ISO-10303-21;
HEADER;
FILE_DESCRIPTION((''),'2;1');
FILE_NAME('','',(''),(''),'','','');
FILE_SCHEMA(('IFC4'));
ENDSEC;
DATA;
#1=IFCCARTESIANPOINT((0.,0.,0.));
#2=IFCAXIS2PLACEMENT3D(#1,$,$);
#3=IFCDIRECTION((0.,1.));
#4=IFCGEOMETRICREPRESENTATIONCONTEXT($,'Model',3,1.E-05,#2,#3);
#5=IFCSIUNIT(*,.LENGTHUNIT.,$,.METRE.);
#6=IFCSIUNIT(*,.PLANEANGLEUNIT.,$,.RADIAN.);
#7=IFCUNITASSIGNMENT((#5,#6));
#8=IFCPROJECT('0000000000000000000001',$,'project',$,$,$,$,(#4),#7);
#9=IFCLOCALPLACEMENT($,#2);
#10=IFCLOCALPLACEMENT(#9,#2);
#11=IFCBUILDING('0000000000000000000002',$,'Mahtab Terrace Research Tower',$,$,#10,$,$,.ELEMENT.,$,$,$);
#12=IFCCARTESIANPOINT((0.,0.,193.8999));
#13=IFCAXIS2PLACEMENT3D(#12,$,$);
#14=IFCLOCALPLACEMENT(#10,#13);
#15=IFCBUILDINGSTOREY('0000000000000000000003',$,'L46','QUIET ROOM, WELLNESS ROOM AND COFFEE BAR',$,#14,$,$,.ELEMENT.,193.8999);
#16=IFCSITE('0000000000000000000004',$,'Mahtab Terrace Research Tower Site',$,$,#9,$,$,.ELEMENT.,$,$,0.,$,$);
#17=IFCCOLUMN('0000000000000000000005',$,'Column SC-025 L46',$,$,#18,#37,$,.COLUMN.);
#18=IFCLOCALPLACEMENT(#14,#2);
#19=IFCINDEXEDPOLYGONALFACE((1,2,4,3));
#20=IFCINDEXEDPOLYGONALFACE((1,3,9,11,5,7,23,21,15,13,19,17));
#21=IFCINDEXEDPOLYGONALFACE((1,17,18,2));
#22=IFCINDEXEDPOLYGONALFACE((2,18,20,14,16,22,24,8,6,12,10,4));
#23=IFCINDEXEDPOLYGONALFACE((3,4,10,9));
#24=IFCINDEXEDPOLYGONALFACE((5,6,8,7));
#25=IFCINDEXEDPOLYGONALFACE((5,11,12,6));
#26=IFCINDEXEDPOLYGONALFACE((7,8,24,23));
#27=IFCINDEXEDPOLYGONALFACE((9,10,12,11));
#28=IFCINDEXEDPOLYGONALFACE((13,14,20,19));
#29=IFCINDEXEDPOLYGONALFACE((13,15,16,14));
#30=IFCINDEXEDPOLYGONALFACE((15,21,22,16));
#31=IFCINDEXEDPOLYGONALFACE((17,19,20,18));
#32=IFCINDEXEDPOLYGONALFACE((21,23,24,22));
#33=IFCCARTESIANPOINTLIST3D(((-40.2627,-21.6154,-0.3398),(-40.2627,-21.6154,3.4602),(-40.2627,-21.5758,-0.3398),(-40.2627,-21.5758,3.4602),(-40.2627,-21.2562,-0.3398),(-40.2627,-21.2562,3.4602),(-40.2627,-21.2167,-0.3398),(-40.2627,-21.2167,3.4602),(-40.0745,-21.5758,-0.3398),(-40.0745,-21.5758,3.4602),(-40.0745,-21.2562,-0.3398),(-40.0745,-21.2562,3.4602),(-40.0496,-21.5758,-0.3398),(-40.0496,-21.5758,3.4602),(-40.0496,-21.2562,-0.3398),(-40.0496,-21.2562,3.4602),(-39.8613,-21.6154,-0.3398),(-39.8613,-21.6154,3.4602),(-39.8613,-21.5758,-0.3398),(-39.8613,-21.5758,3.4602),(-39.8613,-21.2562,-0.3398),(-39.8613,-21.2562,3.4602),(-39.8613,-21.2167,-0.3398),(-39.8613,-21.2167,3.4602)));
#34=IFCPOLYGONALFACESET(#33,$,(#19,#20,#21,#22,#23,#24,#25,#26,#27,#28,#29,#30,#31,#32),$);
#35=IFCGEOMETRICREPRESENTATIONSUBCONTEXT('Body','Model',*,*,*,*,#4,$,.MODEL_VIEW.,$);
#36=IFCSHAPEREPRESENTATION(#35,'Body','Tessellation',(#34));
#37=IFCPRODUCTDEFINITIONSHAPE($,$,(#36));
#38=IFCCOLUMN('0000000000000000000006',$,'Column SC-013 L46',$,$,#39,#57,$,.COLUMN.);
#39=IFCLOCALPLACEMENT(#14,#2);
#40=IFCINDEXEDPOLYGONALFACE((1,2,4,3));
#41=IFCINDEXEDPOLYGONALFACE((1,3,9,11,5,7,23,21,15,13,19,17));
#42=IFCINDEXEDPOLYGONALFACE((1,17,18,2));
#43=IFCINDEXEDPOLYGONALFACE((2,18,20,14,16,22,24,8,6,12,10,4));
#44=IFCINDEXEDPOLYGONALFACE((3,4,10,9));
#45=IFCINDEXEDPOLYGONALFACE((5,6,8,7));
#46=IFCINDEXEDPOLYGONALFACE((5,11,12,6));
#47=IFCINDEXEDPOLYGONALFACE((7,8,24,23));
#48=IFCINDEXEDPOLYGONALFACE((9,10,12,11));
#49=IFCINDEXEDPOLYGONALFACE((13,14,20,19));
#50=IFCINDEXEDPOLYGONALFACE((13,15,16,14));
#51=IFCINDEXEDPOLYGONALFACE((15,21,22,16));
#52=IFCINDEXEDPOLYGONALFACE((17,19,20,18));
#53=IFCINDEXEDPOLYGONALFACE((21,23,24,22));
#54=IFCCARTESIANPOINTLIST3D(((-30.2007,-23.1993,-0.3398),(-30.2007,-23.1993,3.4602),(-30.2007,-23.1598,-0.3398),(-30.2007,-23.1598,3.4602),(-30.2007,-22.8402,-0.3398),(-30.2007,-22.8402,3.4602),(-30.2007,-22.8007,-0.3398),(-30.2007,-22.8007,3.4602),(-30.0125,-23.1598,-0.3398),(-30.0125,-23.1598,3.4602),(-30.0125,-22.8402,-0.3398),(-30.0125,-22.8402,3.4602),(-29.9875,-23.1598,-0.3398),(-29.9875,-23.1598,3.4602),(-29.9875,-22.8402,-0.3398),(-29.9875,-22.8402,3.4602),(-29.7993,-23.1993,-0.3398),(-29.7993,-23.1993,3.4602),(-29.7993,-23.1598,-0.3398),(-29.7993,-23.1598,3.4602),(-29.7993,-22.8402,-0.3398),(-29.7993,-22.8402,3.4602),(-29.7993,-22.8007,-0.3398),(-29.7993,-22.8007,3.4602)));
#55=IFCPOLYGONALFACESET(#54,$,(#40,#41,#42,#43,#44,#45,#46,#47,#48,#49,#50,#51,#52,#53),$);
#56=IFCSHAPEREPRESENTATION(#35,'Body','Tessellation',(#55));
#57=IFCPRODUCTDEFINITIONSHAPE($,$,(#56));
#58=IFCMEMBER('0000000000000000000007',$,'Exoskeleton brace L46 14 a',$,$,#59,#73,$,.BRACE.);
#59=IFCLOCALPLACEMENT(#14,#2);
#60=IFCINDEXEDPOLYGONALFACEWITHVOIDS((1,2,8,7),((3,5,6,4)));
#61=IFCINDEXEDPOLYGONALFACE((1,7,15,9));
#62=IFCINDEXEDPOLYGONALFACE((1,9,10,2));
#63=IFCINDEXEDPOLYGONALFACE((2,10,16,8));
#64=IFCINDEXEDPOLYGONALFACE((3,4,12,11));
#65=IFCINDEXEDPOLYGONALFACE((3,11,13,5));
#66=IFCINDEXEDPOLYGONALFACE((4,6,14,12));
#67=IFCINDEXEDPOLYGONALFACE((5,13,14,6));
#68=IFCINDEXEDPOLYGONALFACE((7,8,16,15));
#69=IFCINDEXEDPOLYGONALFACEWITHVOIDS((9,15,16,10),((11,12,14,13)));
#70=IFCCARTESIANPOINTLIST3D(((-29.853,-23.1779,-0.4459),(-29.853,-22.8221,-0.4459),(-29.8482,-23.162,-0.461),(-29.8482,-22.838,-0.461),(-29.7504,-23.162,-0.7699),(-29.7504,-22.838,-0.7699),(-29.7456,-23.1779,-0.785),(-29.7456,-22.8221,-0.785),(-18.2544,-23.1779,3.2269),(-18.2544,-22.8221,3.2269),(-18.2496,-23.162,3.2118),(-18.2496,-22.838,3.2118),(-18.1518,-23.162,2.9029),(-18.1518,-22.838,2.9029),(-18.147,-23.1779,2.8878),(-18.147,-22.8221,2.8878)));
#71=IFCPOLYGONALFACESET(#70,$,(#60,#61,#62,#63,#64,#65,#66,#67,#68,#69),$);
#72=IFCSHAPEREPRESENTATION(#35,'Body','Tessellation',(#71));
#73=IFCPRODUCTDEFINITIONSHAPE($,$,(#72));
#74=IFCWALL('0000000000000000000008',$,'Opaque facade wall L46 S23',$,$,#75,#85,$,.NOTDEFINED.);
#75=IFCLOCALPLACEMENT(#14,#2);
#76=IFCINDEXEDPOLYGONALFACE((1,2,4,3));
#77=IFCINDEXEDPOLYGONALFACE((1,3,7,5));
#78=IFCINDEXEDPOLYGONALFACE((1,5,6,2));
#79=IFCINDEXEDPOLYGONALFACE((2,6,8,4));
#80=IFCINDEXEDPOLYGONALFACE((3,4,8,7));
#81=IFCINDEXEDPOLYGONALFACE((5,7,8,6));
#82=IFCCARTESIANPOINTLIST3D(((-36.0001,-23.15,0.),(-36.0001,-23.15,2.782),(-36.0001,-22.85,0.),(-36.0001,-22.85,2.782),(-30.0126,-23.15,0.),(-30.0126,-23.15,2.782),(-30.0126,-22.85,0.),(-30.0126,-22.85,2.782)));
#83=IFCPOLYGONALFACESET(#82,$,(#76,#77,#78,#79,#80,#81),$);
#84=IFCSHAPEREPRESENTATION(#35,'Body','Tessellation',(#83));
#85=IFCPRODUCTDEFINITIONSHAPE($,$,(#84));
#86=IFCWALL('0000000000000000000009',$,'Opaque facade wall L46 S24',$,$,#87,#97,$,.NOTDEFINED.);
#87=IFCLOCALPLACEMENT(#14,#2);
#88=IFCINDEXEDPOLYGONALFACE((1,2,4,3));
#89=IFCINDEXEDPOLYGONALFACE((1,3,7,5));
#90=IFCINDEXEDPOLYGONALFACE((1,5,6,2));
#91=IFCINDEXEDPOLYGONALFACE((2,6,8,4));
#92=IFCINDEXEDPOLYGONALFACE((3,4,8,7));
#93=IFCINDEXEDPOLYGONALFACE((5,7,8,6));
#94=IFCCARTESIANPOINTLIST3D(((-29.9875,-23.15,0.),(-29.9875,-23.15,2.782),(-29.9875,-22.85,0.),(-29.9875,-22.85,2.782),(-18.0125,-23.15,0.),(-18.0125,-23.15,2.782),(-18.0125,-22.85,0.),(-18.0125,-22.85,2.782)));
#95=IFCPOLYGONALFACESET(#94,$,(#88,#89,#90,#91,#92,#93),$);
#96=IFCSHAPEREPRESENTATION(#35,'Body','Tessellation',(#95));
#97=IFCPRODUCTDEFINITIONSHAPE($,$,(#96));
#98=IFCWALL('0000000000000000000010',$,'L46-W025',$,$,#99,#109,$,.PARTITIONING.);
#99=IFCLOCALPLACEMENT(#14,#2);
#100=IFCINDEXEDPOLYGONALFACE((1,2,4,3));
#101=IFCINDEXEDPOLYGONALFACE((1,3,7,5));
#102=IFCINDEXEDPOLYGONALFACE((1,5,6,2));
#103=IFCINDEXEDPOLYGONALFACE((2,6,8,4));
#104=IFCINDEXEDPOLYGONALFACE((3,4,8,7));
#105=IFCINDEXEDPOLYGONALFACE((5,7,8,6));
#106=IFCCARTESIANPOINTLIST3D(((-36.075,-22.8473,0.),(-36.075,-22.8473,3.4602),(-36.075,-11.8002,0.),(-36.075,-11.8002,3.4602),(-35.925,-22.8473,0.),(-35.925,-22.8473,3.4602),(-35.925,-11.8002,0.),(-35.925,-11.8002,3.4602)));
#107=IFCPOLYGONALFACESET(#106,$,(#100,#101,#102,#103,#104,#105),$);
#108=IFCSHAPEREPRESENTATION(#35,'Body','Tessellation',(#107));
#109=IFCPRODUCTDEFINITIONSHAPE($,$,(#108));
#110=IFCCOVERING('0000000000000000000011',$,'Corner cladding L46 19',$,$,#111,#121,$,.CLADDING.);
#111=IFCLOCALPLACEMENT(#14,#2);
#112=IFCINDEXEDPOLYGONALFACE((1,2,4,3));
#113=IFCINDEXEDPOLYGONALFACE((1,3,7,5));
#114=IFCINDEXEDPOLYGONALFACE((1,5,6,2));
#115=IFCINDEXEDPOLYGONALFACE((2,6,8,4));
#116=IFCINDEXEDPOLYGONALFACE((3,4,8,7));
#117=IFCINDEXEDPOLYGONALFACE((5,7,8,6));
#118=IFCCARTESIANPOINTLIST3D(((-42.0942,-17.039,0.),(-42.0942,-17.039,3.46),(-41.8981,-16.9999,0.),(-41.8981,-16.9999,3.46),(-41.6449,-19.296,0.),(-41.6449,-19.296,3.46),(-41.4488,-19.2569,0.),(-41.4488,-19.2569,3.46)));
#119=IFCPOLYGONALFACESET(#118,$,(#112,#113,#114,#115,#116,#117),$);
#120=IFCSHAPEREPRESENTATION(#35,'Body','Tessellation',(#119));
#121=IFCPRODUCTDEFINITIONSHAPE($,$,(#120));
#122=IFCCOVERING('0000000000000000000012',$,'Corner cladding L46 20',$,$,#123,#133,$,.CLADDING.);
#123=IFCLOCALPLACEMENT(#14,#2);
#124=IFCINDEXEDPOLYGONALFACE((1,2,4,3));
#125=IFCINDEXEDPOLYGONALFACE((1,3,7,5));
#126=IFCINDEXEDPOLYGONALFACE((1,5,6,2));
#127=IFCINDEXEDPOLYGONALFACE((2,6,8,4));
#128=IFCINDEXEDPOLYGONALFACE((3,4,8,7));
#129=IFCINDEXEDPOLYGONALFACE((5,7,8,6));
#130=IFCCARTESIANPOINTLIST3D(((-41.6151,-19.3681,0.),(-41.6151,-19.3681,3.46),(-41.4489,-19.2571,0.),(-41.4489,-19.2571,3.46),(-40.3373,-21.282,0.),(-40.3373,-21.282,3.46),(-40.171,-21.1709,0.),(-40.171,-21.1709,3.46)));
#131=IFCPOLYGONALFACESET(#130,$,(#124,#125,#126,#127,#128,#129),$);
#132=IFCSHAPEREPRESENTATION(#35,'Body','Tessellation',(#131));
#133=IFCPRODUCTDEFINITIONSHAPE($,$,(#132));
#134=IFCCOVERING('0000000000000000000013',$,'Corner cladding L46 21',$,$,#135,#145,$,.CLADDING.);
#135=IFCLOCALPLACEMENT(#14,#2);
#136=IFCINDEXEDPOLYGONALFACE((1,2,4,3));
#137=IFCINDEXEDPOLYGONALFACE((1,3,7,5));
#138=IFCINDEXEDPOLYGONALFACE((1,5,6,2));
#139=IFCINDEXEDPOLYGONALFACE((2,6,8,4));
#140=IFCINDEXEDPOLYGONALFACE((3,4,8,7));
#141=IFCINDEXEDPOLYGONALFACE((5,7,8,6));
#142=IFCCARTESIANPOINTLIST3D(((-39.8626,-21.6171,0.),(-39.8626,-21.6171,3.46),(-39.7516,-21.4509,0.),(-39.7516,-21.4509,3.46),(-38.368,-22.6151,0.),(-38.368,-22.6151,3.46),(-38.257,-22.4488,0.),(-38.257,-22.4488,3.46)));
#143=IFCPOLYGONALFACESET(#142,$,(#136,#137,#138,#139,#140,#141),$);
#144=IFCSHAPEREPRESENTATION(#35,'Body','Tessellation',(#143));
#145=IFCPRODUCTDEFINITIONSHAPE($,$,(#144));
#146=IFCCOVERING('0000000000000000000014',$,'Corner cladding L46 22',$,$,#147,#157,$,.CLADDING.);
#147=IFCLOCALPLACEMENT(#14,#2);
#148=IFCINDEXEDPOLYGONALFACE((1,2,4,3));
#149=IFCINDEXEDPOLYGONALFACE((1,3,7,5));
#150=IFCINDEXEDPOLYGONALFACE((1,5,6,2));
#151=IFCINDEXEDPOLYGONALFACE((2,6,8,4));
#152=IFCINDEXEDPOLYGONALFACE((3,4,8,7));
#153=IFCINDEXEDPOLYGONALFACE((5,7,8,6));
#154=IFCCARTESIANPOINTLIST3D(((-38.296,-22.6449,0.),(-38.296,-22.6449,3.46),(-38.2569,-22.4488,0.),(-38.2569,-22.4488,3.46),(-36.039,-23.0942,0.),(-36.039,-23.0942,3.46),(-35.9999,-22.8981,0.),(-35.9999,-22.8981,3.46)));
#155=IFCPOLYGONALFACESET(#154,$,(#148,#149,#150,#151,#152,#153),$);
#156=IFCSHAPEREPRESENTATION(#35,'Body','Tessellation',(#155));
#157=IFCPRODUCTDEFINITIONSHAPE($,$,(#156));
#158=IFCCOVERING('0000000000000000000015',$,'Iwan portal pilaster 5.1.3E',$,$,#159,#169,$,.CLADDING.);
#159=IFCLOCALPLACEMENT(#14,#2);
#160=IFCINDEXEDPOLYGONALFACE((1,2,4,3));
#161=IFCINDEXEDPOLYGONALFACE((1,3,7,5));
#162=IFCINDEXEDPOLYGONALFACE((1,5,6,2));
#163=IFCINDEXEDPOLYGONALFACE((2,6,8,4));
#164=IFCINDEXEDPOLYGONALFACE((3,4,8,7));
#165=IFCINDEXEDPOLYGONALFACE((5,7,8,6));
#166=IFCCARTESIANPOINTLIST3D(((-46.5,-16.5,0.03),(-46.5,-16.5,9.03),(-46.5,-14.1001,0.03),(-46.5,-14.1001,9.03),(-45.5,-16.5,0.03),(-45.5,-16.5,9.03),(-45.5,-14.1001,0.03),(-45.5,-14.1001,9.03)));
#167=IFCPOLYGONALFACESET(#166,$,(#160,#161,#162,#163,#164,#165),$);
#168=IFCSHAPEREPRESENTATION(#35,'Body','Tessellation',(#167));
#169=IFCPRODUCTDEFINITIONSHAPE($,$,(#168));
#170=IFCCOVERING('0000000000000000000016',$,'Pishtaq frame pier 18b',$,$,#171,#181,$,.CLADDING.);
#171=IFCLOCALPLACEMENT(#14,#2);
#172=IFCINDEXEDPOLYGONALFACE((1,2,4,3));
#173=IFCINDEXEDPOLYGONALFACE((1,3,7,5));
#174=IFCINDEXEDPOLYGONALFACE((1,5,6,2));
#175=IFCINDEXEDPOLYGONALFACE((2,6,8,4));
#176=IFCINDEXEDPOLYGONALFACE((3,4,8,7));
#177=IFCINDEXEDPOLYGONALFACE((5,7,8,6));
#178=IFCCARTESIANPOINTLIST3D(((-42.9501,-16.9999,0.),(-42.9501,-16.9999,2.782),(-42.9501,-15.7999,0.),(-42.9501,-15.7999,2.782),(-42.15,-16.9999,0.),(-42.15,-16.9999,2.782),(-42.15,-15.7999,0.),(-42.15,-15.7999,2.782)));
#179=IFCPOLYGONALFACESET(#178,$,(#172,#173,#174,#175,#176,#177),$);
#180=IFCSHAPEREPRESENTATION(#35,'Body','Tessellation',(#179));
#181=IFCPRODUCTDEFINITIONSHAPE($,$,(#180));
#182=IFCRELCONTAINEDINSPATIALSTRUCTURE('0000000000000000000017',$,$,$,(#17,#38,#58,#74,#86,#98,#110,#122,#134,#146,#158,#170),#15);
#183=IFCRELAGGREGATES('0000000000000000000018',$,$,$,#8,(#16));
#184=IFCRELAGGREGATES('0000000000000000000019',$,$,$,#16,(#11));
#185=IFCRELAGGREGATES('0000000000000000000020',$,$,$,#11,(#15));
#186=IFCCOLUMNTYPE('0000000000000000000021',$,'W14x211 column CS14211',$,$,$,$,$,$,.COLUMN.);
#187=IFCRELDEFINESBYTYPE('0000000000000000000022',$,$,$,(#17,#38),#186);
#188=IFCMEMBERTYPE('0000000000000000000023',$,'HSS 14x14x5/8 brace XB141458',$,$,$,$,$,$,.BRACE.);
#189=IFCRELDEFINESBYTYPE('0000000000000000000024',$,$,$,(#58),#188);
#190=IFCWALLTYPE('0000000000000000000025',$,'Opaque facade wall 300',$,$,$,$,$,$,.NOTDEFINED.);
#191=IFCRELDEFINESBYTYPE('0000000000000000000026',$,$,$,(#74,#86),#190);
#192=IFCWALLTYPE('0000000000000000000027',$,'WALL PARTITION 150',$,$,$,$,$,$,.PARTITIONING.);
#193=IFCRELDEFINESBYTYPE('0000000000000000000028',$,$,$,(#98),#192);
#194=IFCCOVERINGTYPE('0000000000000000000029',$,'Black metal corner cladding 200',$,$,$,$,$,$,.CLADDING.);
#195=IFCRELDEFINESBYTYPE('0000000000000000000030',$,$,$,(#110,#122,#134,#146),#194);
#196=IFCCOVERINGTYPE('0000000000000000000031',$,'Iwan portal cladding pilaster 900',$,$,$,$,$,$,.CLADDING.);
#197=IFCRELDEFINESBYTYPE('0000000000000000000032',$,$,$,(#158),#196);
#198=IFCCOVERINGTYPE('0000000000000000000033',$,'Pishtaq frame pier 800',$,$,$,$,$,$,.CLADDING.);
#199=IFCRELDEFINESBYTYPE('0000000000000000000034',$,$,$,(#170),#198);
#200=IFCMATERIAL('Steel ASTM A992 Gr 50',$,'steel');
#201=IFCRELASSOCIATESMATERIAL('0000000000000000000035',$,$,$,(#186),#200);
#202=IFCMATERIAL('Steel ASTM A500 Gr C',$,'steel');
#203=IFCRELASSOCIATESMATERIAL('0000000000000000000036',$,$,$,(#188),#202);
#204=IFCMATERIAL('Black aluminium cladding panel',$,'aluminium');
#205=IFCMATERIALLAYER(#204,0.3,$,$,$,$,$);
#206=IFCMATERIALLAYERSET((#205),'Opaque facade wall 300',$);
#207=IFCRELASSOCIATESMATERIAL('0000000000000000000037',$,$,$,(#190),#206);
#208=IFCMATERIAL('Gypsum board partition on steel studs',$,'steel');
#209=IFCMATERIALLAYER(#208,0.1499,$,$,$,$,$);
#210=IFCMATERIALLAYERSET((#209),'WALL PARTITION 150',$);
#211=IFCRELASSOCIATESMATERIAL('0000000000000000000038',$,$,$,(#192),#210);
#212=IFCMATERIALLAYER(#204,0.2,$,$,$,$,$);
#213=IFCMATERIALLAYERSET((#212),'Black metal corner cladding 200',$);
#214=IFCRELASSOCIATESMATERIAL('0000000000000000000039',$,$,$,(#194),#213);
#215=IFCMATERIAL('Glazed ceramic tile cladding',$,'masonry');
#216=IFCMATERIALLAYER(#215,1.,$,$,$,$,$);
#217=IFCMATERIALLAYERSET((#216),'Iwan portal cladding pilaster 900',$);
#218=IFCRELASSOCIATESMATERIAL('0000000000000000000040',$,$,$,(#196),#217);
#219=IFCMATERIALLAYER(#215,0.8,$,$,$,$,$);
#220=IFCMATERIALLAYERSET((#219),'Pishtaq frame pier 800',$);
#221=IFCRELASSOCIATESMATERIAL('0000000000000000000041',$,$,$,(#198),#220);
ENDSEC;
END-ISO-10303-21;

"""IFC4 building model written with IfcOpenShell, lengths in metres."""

from ifc_helpers import new_model, si_unit, direction, frame, frame_2d, origin, origin_2d, place, context, subcontext, project, spatial, rectangle, hollow_rectangle, i_section, extrude, material, layer, layer_set, material_profile, profile_set, type_object, element, save


model = new_model("IFC4")

# Units and contexts
model_context = context("Model", 3, precision=1e-05, world=origin(), true_north=direction((0.0, 1.0)))
body_context = subcontext(model_context, "Body", "Model", "MODEL_VIEW")
ifc_project = project(units=[si_unit("LENGTHUNIT", "METRE"), si_unit("PLANEANGLEUNIT", "RADIAN")], contexts=[model_context])

# Site, building, storey
site_placement = place(None, origin())
site = spatial("IfcSite", under=ifc_project, at=site_placement, Name="Mahtab Terrace Research Tower Site", CompositionType="ELEMENT", RefElevation=0.0)
building_placement = place(site_placement, origin())
building = spatial("IfcBuilding", under=site, at=building_placement, Name="Mahtab Terrace Research Tower", CompositionType="ELEMENT")
storey_placement = place(building_placement, frame((0.0, 0.0, 193.8999)))
storey = spatial("IfcBuildingStorey", under=building, at=storey_placement, Name="L46", Description="QUIET ROOM, WELLNESS ROOM AND COFFEE BAR", CompositionType="ELEMENT", Elevation=193.8999)

# Columns
ifc_material_1 = material(Name="Steel ASTM A992 Gr 50", Category="steel")
ifc_material_profile_1 = material_profile(ifc_material_1, i_section(OverallWidth=0.4014, OverallDepth=0.3987, WebThickness=0.0249, FlangeThickness=0.0396, at=origin_2d()), Name="W14X211")
ifc_profile_set_1 = profile_set([ifc_material_profile_1], Name="Steel ASTM A992 Gr 50")
column_type = type_object("IfcColumnType", Name="W14x211 column CS14211", PredefinedType="COLUMN", material=ifc_profile_set_1)
for number, where, z_axis, x_axis, name in (
    (1, (-40.062, -21.416, -0.3398), (0.0, 0.0, 1.0), (1.0, 0.0, 0.0), "Column SC-025 L46"),
    (2, (-30.0, -23.0, -0.3398), (0.0, 0.0, 1.0), (1.0, 0.0, 0.0), "Column SC-013 L46"),
):
    element("IfcColumn", number, at=place(storey_placement, frame(where, z_axis=z_axis, x_axis=x_axis)), inside=storey, type_object=column_type, Name=name, PredefinedType="COLUMN", context=body_context, shape_type="SweptSolid", body=[
        extrude(i_section(OverallWidth=0.4014, OverallDepth=0.3987, WebThickness=0.0249, FlangeThickness=0.0396, at=origin_2d()), origin(), (0.0, 0.0, 1.0), 3.8),
    ])

# Member
ifc_material_2 = material(Name="Steel ASTM A500 Gr C", Category="steel")
ifc_material_profile_2 = material_profile(ifc_material_2, hollow_rectangle(XDim=0.3557, YDim=0.3557, WallThickness=0.0159, at=origin_2d()), Name="HSS14X14X5/8")
ifc_profile_set_2 = profile_set([ifc_material_profile_2], Name="Steel ASTM A500 Gr C")
member_type = type_object("IfcMemberType", Name="HSS 14x14x5/8 brace XB141458", PredefinedType="BRACE", material=ifc_profile_set_2)
member_placement = place(storey_placement, frame((-29.7993, -23.0, -0.6155), z_axis=(0.953343, 0.0, 0.301888), x_axis=(0.0, 1.0, 0.0)))
element("IfcMember", 3, at=member_placement, inside=storey, type_object=member_type, Name="Exoskeleton brace L46 14 a", PredefinedType="BRACE", context=body_context, shape_type="SweptSolid", body=[
    extrude(hollow_rectangle(XDim=0.3557, YDim=0.3557, WallThickness=0.0159, at=origin_2d()), origin(), (0.0, 0.0, 1.0), 12.1663),
])

# Walls
ifc_material_3 = material(Name="Black aluminium cladding panel", Category="aluminium")
ifc_layer_1 = layer(ifc_material_3, 0.3)
ifc_layer_set_1 = layer_set([ifc_layer_1], Name="Opaque facade wall 300")
wall_type_1 = type_object("IfcWallType", Name="Opaque facade wall 300", PredefinedType="NOTDEFINED", material=ifc_layer_set_1)
wall_1_placement = place(storey_placement, frame((-36.0, -23.0, 0.0), z_axis=(0.0, 0.0, 1.0), x_axis=(1.0, 0.0, 0.0)))
element("IfcWall", 4, at=wall_1_placement, inside=storey, type_object=wall_type_1, Name="Opaque facade wall L46 S23", PredefinedType="NOTDEFINED", context=body_context, shape_type="SweptSolid", body=[
    extrude(rectangle(XDim=5.9875, YDim=0.3, at=frame_2d((2.9937, 0.0))), origin(), (0.0, 0.0, 1.0), 2.782),
])
wall_2_placement = place(storey_placement, frame((-29.9875, -23.0, 0.0), z_axis=(0.0, 0.0, 1.0), x_axis=(1.0, 0.0, 0.0)))
element("IfcWall", 5, at=wall_2_placement, inside=storey, type_object=wall_type_1, Name="Opaque facade wall L46 S24", PredefinedType="NOTDEFINED", context=body_context, shape_type="SweptSolid", body=[
    extrude(rectangle(XDim=11.9751, YDim=0.3, at=frame_2d((5.9875, 0.0))), origin(), (0.0, 0.0, 1.0), 2.782),
])
ifc_material_4 = material(Name="Gypsum board partition on steel studs", Category="steel")
ifc_layer_2 = layer(ifc_material_4, 0.1499)
ifc_layer_set_2 = layer_set([ifc_layer_2], Name="WALL PARTITION 150")
wall_type_2 = type_object("IfcWallType", Name="WALL PARTITION 150", PredefinedType="PARTITIONING", material=ifc_layer_set_2)
wall_3_placement = place(storey_placement, frame((-36.0, -22.8472, 0.0), z_axis=(0.0, 0.0, 1.0), x_axis=(0.0, 1.0, 0.0)))
element("IfcWall", 6, at=wall_3_placement, inside=storey, type_object=wall_type_2, Name="L46-W025", PredefinedType="PARTITIONING", context=body_context, shape_type="SweptSolid", body=[
    extrude(rectangle(XDim=11.0471, YDim=0.1499, at=frame_2d((5.5234, 0.0))), origin(), (0.0, 0.0, 1.0), 3.4602),
])

# Coverings
ifc_layer_3 = layer(ifc_material_3, 0.2)
ifc_layer_set_3 = layer_set([ifc_layer_3], Name="Black metal corner cladding 200")
covering_type_1 = type_object("IfcCoveringType", Name="Black metal corner cladding 200", PredefinedType="CLADDING", material=ifc_layer_set_3)
for number, where, z_axis, x_axis, name in (
    (7, (-41.7715, -18.1479, 0.0), (0.0, 0.0, 1.0), (0.195212, -0.980761, 0.0), "Corner cladding L46 19"),
    (8, (-40.8931, -20.2695, 0.0), (0.0, 0.0, 1.0), (0.555291, -0.831656, 0.0), "Corner cladding L46 20"),
):
    element("IfcCovering", number, at=place(storey_placement, frame(where, z_axis=z_axis, x_axis=x_axis)), inside=storey, type_object=covering_type_1, Name=name, PredefinedType="CLADDING", context=body_context, shape_type="SweptSolid", body=[
        extrude(rectangle(XDim=2.3013, YDim=0.2, at=origin_2d()), origin(), (0.0, 0.0, 1.0), 3.46),
    ])
covering_1_placement = place(storey_placement, frame((-39.0598, -22.033, 0.0), z_axis=(0.0, 0.0, 1.0), x_axis=(0.831656, -0.555291, 0.0)))
element("IfcCovering", 9, at=covering_1_placement, inside=storey, type_object=covering_type_1, Name="Corner cladding L46 21", PredefinedType="CLADDING", context=body_context, shape_type="SweptSolid", body=[
    extrude(rectangle(XDim=1.7971, YDim=0.2, at=origin_2d()), origin(), (0.0, 0.0, 1.0), 3.46),
])
covering_2_placement = place(storey_placement, frame((-37.1479, -22.7715, 0.0), z_axis=(0.0, 0.0, 1.0), x_axis=(0.980761, -0.195212, 0.0)))
element("IfcCovering", 10, at=covering_2_placement, inside=storey, type_object=covering_type_1, Name="Corner cladding L46 22", PredefinedType="CLADDING", context=body_context, shape_type="SweptSolid", body=[
    extrude(rectangle(XDim=2.3013, YDim=0.2, at=origin_2d()), origin(), (0.0, 0.0, 1.0), 3.46),
])
ifc_material_5 = material(Name="Glazed ceramic tile cladding", Category="masonry")
ifc_layer_4 = layer(ifc_material_5, 1.0)
ifc_layer_set_4 = layer_set([ifc_layer_4], Name="Iwan portal cladding pilaster 900")
covering_type_2 = type_object("IfcCoveringType", Name="Iwan portal cladding pilaster 900", PredefinedType="CLADDING", material=ifc_layer_set_4)
covering_3_placement = place(storey_placement, frame((-46.0, -15.3, 0.03), z_axis=(0.0, 0.0, 1.0), x_axis=(0.0, -1.0, 0.0)))
element("IfcCovering", 11, at=covering_3_placement, inside=storey, type_object=covering_type_2, Name="Iwan portal pilaster 5.1.3E", PredefinedType="CLADDING", context=body_context, shape_type="SweptSolid", body=[
    extrude(rectangle(XDim=2.3999, YDim=1.0, at=origin_2d()), origin(), (0.0, 0.0, 1.0), 9.0),
])
ifc_layer_5 = layer(ifc_material_5, 0.8)
ifc_layer_set_5 = layer_set([ifc_layer_5], Name="Pishtaq frame pier 800")
covering_type_3 = type_object("IfcCoveringType", Name="Pishtaq frame pier 800", PredefinedType="CLADDING", material=ifc_layer_set_5)
covering_4_placement = place(storey_placement, frame((-42.55, -16.3999, 0.0), z_axis=(0.0, 0.0, 1.0), x_axis=(0.0, -1.0, 0.0)))
element("IfcCovering", 12, at=covering_4_placement, inside=storey, type_object=covering_type_3, Name="Pishtaq frame pier 18b", PredefinedType="CLADDING", context=body_context, shape_type="SweptSolid", body=[
    extrude(rectangle(XDim=1.2, YDim=0.8, at=origin_2d()), origin(), (0.0, 0.0, 1.0), 2.782),
])

save(model, "model.ifc")
